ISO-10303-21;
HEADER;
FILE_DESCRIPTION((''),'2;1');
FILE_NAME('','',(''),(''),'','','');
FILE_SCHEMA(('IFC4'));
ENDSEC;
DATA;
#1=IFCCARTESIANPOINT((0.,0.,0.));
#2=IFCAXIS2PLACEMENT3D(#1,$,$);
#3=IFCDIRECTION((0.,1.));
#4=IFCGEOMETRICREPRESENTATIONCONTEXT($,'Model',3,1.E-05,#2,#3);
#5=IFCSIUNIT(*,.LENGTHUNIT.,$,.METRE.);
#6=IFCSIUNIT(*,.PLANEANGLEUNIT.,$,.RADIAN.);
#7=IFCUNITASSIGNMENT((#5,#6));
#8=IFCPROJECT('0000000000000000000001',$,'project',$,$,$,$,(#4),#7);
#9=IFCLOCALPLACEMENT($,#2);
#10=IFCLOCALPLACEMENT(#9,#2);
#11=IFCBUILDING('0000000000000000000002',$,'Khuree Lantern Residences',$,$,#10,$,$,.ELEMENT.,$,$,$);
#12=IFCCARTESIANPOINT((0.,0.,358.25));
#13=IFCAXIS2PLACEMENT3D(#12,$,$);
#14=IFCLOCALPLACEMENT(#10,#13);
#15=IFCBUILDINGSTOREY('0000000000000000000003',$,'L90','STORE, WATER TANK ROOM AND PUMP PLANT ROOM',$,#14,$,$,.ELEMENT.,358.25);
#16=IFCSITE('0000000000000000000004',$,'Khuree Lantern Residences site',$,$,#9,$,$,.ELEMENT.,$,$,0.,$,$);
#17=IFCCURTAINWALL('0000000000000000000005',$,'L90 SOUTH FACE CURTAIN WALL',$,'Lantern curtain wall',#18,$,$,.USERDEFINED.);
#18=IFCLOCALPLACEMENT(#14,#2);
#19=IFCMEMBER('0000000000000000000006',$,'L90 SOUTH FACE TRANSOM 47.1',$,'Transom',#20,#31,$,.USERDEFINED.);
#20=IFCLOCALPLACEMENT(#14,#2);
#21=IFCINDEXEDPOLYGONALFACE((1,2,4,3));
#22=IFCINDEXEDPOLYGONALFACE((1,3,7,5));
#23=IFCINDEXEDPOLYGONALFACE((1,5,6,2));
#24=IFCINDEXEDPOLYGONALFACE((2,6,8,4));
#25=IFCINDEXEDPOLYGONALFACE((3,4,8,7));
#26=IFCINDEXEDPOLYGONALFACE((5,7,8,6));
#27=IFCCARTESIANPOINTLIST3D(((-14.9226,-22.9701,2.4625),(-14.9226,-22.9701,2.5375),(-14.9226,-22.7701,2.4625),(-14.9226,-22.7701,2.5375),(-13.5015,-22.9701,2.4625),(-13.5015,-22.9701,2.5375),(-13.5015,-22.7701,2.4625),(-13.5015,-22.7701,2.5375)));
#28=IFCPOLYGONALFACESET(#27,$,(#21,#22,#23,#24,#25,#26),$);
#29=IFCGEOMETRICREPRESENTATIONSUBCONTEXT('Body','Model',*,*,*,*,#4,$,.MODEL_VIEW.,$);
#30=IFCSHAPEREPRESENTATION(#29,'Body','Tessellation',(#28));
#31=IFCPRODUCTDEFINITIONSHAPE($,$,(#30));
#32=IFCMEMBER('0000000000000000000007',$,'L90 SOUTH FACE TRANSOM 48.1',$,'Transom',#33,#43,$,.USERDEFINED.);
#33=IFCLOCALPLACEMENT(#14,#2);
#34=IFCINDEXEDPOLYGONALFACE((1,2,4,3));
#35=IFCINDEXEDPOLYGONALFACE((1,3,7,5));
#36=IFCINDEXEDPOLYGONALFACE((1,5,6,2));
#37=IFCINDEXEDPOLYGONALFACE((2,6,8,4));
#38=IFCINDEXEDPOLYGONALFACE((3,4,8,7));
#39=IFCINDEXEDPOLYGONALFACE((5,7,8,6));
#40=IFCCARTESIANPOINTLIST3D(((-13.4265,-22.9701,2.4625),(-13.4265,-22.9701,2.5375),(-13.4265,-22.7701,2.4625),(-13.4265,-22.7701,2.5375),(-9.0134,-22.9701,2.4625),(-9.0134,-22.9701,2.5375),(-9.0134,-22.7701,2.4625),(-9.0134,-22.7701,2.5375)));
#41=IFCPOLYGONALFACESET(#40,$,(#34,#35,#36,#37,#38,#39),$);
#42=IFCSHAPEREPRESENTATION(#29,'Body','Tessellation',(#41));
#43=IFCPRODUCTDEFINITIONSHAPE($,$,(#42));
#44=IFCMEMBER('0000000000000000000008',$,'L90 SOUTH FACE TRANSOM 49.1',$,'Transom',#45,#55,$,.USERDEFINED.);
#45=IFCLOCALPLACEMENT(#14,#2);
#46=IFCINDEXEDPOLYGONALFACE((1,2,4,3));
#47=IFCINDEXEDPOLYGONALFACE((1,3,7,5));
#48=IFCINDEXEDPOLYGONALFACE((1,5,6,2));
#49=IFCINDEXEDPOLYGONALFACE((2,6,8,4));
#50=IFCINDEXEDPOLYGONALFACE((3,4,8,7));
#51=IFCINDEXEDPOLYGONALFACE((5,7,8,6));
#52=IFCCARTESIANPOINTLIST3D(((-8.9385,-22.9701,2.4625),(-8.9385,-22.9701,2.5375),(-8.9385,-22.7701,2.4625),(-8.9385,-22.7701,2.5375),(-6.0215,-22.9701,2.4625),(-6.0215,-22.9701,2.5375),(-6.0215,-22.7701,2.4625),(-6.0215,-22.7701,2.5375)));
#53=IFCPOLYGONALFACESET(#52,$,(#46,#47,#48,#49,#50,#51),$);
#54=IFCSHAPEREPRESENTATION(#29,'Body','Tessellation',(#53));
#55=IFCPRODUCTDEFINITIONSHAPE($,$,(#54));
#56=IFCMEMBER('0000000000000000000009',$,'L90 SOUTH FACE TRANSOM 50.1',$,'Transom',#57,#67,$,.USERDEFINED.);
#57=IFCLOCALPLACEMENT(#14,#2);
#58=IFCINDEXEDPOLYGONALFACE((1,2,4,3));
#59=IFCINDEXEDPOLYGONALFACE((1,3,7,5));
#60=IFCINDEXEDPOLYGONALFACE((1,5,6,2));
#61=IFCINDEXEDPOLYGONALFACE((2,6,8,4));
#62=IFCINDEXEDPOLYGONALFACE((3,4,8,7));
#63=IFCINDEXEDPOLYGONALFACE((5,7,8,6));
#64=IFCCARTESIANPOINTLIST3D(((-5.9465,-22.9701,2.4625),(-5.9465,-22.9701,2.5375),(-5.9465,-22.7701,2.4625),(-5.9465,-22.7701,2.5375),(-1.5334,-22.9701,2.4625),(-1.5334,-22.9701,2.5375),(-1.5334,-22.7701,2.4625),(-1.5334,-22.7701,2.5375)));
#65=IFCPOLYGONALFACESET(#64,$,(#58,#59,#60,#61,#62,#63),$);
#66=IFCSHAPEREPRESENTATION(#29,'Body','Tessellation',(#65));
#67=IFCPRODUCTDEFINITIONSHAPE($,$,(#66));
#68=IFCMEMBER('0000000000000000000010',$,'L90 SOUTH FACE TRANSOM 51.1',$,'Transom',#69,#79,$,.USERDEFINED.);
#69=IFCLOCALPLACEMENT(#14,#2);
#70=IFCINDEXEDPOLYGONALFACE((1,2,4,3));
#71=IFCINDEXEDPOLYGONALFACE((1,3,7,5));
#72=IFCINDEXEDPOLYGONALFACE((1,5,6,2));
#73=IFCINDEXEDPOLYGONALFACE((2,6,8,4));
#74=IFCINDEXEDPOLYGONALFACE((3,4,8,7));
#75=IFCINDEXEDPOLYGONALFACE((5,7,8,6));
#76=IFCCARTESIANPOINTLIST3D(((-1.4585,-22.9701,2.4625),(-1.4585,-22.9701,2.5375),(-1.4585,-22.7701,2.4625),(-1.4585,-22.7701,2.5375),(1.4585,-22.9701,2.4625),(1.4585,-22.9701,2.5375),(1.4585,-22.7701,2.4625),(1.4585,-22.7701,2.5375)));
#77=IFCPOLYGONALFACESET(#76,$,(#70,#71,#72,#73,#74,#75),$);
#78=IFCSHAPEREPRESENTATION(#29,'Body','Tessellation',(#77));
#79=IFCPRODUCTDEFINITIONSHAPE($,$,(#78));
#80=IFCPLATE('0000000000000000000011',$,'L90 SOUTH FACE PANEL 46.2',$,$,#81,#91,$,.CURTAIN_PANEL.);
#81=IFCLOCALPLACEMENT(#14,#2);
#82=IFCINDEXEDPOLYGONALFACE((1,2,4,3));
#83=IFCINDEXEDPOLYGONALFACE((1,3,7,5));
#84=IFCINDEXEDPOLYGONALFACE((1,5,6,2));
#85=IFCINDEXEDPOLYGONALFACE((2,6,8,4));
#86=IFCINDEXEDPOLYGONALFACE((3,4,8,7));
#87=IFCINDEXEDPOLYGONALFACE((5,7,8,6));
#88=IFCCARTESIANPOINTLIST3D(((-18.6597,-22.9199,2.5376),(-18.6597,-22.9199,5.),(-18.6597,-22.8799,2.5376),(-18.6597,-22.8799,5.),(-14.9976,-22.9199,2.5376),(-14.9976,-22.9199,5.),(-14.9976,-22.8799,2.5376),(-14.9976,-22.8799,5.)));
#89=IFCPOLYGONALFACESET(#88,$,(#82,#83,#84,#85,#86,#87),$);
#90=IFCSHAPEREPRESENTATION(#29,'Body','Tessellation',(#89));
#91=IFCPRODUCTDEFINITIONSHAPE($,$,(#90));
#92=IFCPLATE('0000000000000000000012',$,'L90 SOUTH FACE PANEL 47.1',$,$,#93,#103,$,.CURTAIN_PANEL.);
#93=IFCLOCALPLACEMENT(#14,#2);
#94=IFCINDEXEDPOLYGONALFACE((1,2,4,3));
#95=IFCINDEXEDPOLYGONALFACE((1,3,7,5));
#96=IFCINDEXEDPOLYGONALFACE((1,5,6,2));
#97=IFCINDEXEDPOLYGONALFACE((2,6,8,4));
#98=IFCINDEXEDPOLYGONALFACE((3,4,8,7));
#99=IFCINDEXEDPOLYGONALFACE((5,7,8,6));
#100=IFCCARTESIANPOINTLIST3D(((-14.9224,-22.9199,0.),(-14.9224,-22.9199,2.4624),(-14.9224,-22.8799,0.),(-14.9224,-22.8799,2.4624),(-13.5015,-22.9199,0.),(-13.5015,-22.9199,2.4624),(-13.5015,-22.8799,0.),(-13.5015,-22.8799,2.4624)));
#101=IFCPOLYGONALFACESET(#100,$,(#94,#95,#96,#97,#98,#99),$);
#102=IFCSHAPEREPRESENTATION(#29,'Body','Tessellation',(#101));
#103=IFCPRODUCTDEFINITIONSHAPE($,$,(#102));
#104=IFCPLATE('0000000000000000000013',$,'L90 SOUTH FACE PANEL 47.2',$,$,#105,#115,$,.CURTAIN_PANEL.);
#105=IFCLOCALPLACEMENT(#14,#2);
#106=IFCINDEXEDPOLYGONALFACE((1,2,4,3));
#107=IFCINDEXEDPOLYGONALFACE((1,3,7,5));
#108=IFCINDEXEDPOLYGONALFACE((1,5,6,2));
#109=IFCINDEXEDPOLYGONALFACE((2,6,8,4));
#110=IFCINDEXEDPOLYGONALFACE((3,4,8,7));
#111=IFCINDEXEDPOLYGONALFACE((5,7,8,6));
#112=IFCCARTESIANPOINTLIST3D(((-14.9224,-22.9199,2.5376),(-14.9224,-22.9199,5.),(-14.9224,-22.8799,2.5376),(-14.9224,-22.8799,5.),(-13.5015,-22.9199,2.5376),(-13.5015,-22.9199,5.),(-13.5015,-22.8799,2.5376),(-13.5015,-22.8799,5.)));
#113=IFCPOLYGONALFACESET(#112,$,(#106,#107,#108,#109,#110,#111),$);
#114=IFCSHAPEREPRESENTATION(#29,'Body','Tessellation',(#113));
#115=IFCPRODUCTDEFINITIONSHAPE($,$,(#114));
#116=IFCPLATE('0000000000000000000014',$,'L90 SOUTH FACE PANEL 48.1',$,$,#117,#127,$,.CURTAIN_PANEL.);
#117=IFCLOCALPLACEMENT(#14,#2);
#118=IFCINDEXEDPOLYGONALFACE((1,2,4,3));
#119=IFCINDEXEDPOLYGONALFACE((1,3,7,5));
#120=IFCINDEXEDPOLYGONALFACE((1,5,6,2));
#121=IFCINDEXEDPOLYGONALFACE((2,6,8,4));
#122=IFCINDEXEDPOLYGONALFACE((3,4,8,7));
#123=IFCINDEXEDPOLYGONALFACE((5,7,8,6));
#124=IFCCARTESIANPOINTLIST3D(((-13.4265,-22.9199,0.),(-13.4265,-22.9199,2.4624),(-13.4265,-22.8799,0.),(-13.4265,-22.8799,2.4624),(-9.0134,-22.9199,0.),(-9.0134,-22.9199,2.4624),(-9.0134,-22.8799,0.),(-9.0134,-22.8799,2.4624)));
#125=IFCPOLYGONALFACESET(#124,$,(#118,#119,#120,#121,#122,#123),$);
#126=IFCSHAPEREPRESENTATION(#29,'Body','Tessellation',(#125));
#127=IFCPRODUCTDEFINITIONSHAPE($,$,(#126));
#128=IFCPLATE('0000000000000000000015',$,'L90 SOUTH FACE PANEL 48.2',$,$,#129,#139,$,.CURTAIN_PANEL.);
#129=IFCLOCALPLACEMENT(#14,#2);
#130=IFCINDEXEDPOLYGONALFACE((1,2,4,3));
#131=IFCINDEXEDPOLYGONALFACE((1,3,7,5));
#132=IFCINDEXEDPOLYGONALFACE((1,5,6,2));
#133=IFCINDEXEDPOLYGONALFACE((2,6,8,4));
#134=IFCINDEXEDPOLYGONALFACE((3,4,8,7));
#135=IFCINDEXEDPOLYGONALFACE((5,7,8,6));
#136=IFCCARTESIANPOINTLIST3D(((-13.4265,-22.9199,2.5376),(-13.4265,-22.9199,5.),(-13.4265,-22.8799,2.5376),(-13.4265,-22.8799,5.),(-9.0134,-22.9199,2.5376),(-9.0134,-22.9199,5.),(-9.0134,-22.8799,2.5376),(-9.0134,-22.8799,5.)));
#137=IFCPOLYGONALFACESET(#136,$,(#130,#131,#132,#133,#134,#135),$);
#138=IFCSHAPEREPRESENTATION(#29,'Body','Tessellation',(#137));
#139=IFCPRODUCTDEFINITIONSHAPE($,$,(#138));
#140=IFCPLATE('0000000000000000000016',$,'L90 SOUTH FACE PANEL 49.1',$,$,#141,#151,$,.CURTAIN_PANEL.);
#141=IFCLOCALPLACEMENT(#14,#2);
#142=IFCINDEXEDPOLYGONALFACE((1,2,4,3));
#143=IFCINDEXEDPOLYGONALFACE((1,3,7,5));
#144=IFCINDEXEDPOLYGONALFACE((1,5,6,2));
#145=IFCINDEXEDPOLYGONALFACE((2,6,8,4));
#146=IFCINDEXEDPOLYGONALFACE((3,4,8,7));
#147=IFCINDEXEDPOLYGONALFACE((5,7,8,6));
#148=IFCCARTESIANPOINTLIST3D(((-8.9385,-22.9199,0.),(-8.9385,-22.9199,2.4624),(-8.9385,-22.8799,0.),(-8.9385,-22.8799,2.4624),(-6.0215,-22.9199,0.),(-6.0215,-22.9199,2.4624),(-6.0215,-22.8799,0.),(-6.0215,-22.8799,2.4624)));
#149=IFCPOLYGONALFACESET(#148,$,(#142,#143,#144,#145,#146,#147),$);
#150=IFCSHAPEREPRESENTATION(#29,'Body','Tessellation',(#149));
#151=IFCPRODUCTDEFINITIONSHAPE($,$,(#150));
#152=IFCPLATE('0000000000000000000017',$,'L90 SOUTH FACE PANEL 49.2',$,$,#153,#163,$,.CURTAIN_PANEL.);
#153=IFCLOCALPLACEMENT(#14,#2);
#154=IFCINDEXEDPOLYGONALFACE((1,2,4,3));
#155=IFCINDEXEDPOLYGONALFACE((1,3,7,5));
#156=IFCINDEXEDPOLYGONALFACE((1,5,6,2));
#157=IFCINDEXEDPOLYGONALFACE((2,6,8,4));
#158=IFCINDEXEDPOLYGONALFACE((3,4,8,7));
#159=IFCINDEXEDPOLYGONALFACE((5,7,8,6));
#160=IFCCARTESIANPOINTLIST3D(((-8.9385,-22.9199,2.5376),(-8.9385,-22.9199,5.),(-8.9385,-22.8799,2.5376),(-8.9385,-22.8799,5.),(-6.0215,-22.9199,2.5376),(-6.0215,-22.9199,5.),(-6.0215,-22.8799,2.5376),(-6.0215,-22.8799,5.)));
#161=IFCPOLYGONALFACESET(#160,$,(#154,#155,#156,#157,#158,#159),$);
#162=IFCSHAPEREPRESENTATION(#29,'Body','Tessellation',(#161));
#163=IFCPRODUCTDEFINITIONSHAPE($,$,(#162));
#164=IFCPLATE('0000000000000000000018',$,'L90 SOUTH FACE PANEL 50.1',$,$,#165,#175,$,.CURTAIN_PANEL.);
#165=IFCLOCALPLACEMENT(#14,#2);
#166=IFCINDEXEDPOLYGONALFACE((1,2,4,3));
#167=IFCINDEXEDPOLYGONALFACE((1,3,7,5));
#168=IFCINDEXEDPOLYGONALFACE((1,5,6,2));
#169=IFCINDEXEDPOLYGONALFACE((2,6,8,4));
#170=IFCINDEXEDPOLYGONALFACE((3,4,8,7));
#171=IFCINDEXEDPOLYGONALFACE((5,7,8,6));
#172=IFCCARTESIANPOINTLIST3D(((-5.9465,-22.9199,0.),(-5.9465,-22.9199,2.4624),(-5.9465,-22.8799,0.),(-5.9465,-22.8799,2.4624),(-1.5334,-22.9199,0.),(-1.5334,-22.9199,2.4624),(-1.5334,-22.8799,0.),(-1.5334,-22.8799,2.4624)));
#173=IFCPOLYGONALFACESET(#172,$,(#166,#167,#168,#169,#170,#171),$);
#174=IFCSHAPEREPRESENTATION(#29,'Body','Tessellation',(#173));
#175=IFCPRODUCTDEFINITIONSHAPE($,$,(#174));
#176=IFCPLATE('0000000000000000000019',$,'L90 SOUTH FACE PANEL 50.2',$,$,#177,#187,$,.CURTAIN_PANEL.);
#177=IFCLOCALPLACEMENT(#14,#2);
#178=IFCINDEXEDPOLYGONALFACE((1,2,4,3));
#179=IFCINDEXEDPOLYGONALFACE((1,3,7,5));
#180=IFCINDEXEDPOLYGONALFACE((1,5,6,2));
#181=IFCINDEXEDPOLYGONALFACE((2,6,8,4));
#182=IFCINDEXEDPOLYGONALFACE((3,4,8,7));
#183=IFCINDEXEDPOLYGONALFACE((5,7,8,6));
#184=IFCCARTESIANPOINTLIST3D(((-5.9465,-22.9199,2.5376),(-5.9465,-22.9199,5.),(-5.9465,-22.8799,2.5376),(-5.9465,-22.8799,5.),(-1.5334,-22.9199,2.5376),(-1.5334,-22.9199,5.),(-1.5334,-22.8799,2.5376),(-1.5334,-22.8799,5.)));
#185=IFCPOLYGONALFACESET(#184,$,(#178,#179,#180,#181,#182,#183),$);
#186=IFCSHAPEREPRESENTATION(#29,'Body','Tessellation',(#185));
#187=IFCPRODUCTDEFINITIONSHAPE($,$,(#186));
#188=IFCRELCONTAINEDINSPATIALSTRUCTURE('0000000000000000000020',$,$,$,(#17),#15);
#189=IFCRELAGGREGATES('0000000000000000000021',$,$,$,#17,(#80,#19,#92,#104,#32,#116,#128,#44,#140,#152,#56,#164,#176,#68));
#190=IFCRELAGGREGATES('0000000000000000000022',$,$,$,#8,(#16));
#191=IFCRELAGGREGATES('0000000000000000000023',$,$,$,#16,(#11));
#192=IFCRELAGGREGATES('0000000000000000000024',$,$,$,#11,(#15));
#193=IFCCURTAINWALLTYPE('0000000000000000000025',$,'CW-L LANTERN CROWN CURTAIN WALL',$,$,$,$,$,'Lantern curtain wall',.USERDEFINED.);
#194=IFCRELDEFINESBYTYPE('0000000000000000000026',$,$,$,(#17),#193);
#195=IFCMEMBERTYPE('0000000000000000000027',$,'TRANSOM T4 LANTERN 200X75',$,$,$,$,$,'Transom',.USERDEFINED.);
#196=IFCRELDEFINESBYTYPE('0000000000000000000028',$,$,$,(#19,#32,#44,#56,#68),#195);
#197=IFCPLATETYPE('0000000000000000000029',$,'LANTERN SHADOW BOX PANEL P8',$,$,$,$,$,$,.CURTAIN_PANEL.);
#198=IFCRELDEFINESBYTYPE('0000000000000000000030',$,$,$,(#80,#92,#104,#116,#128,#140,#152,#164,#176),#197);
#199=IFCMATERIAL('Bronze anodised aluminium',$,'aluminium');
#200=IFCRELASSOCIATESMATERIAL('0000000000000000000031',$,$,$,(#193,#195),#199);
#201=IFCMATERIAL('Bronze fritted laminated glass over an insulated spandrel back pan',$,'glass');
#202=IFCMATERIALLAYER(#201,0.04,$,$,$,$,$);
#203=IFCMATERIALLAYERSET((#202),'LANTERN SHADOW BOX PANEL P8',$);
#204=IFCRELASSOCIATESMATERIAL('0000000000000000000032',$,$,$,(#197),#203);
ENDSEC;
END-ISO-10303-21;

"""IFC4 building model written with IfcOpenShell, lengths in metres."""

from ifc_helpers import new_model, si_unit, direction, frame, origin, origin_2d, place, context, subcontext, project, spatial, rectangle, extrude, material, layer, layer_set, material_profile, profile_set, type_object, element, aggregate, save


model = new_model("IFC4")

# Units and contexts
model_context = context("Model", 3, precision=1e-05, world=origin(), true_north=direction((0.0, 1.0)))
body_context = subcontext(model_context, "Body", "Model", "MODEL_VIEW")
ifc_project = project(units=[si_unit("LENGTHUNIT", "METRE"), si_unit("PLANEANGLEUNIT", "RADIAN")], contexts=[model_context])

# Site, building, storey
site_placement = place(None, origin())
site = spatial("IfcSite", under=ifc_project, at=site_placement, Name="Khuree Lantern Residences site", CompositionType="ELEMENT", RefElevation=0.0)
building_placement = place(site_placement, origin())
building = spatial("IfcBuilding", under=site, at=building_placement, Name="Khuree Lantern Residences", CompositionType="ELEMENT")
storey_placement = place(building_placement, frame((0.0, 0.0, 358.25)))
storey = spatial("IfcBuildingStorey", under=building, at=storey_placement, Name="L90", Description="STORE, WATER TANK ROOM AND PUMP PLANT ROOM", CompositionType="ELEMENT", Elevation=358.25)

# Curtain wall
ifc_material_1 = material(Name="Bronze anodised aluminium", Category="aluminium")
curtain_wall_type = type_object("IfcCurtainWallType", Name="CW-L LANTERN CROWN CURTAIN WALL", ElementType="Lantern curtain wall", PredefinedType="USERDEFINED", material=ifc_material_1)
curtain_wall_placement = place(storey_placement, origin())
curtain_wall = element("IfcCurtainWall", 1, at=curtain_wall_placement, inside=storey, type_object=curtain_wall_type, Name="L90 SOUTH FACE CURTAIN WALL", ObjectType="Lantern curtain wall", PredefinedType="USERDEFINED")

# Members
ifc_material_profile_1 = material_profile(ifc_material_1, rectangle(XDim=0.2, YDim=0.075, at=origin_2d()), Name="T4 200X75")
ifc_profile_set_1 = profile_set([ifc_material_profile_1], Name="Bronze anodised aluminium")
member_type_1 = type_object("IfcMemberType", Name="TRANSOM T4 LANTERN 200X75", ElementType="Transom", PredefinedType="USERDEFINED", material=ifc_profile_set_1)
member_1_placement = place(storey_placement, frame((-14.9226, -22.8701, 2.5), z_axis=(1.0, 0.0, 0.0), x_axis=(0.0, 1.0, 0.0)))
member_1 = element("IfcMember", 2, at=member_1_placement, type_object=member_type_1, Name="L90 SOUTH FACE TRANSOM 47.1", ObjectType="Transom", PredefinedType="USERDEFINED", context=body_context, shape_type="SweptSolid", body=[
    extrude(rectangle(XDim=0.2, YDim=0.075, at=origin_2d()), origin(), (0.0, 0.0, 1.0), 1.4211),
])
member_2_placement = place(storey_placement, frame((-13.4265, -22.8701, 2.5), z_axis=(1.0, 0.0, 0.0), x_axis=(0.0, 1.0, 0.0)))
member_2 = element("IfcMember", 3, at=member_2_placement, type_object=member_type_1, Name="L90 SOUTH FACE TRANSOM 48.1", ObjectType="Transom", PredefinedType="USERDEFINED", context=body_context, shape_type="SweptSolid", body=[
    extrude(rectangle(XDim=0.2, YDim=0.075, at=origin_2d()), origin(), (0.0, 0.0, 1.0), 4.4131),
])
member_3_placement = place(storey_placement, frame((-8.9385, -22.8701, 2.5), z_axis=(1.0, 0.0, 0.0), x_axis=(0.0, 1.0, 0.0)))
member_3 = element("IfcMember", 4, at=member_3_placement, type_object=member_type_1, Name="L90 SOUTH FACE TRANSOM 49.1", ObjectType="Transom", PredefinedType="USERDEFINED", context=body_context, shape_type="SweptSolid", body=[
    extrude(rectangle(XDim=0.2, YDim=0.075, at=origin_2d()), origin(), (0.0, 0.0, 1.0), 2.917),
])
member_4_placement = place(storey_placement, frame((-5.9465, -22.8701, 2.5), z_axis=(1.0, 0.0, 0.0), x_axis=(0.0, 1.0, 0.0)))
member_4 = element("IfcMember", 5, at=member_4_placement, type_object=member_type_1, Name="L90 SOUTH FACE TRANSOM 50.1", ObjectType="Transom", PredefinedType="USERDEFINED", context=body_context, shape_type="SweptSolid", body=[
    extrude(rectangle(XDim=0.2, YDim=0.075, at=origin_2d()), origin(), (0.0, 0.0, 1.0), 4.4131),
])
member_5_placement = place(storey_placement, frame((-1.4585, -22.8701, 2.5), z_axis=(1.0, 0.0, 0.0), x_axis=(0.0, 1.0, 0.0)))
member_5 = element("IfcMember", 6, at=member_5_placement, type_object=member_type_1, Name="L90 SOUTH FACE TRANSOM 51.1", ObjectType="Transom", PredefinedType="USERDEFINED", context=body_context, shape_type="SweptSolid", body=[
    extrude(rectangle(XDim=0.2, YDim=0.075, at=origin_2d()), origin(), (0.0, 0.0, 1.0), 2.917),
])

# Plates
ifc_material_2 = material(Name="Bronze fritted laminated glass over an insulated spandrel back pan", Category="glass")
ifc_layer = layer(ifc_material_2, 0.04)
ifc_layer_set = layer_set([ifc_layer], Name="LANTERN SHADOW BOX PANEL P8")
plate_type = type_object("IfcPlateType", Name="LANTERN SHADOW BOX PANEL P8", PredefinedType="CURTAIN_PANEL", material=ifc_layer_set)
plate_1_placement = place(storey_placement, frame((-16.8286, -22.8999, 2.5376), z_axis=(0.0, 0.0, 1.0), x_axis=(1.0, 0.0, 0.0)))
plate_1 = element("IfcPlate", 7, at=plate_1_placement, type_object=plate_type, Name="L90 SOUTH FACE PANEL 46.2", PredefinedType="CURTAIN_PANEL", context=body_context, shape_type="SweptSolid", body=[
    extrude(rectangle(XDim=3.6621, YDim=0.04, at=origin_2d()), origin(), (0.0, 0.0, 1.0), 2.4624),
])
plate_2_placement = place(storey_placement, frame((-14.2119, -22.8999, 0.0), z_axis=(0.0, 0.0, 1.0), x_axis=(1.0, 0.0, 0.0)))
plate_2 = element("IfcPlate", 8, at=plate_2_placement, type_object=plate_type, Name="L90 SOUTH FACE PANEL 47.1", PredefinedType="CURTAIN_PANEL", context=body_context, shape_type="SweptSolid", body=[
    extrude(rectangle(XDim=1.4209, YDim=0.04, at=origin_2d()), origin(), (0.0, 0.0, 1.0), 2.4624),
])
plate_3_placement = place(storey_placement, frame((-14.2119, -22.8999, 2.5376), z_axis=(0.0, 0.0, 1.0), x_axis=(1.0, 0.0, 0.0)))
plate_3 = element("IfcPlate", 9, at=plate_3_placement, type_object=plate_type, Name="L90 SOUTH FACE PANEL 47.2", PredefinedType="CURTAIN_PANEL", context=body_context, shape_type="SweptSolid", body=[
    extrude(rectangle(XDim=1.4209, YDim=0.04, at=origin_2d()), origin(), (0.0, 0.0, 1.0), 2.4624),
])
plate_4_placement = place(storey_placement, frame((-11.22, -22.8999, 0.0), z_axis=(0.0, 0.0, 1.0), x_axis=(1.0, 0.0, 0.0)))
plate_4 = element("IfcPlate", 10, at=plate_4_placement, type_object=plate_type, Name="L90 SOUTH FACE PANEL 48.1", PredefinedType="CURTAIN_PANEL", context=body_context, shape_type="SweptSolid", body=[
    extrude(rectangle(XDim=4.4131, YDim=0.04, at=origin_2d()), origin(), (0.0, 0.0, 1.0), 2.4624),
])
plate_5_placement = place(storey_placement, frame((-11.22, -22.8999, 2.5376), z_axis=(0.0, 0.0, 1.0), x_axis=(1.0, 0.0, 0.0)))
plate_5 = element("IfcPlate", 11, at=plate_5_placement, type_object=plate_type, Name="L90 SOUTH FACE PANEL 48.2", PredefinedType="CURTAIN_PANEL", context=body_context, shape_type="SweptSolid", body=[
    extrude(rectangle(XDim=4.4131, YDim=0.04, at=origin_2d()), origin(), (0.0, 0.0, 1.0), 2.4624),
])
plate_6_placement = place(storey_placement, frame((-7.48, -22.8999, 0.0), z_axis=(0.0, 0.0, 1.0), x_axis=(1.0, 0.0, 0.0)))
plate_6 = element("IfcPlate", 12, at=plate_6_placement, type_object=plate_type, Name="L90 SOUTH FACE PANEL 49.1", PredefinedType="CURTAIN_PANEL", context=body_context, shape_type="SweptSolid", body=[
    extrude(rectangle(XDim=2.917, YDim=0.04, at=origin_2d()), origin(), (0.0, 0.0, 1.0), 2.4624),
])
plate_7_placement = place(storey_placement, frame((-7.48, -22.8999, 2.5376), z_axis=(0.0, 0.0, 1.0), x_axis=(1.0, 0.0, 0.0)))
plate_7 = element("IfcPlate", 13, at=plate_7_placement, type_object=plate_type, Name="L90 SOUTH FACE PANEL 49.2", PredefinedType="CURTAIN_PANEL", context=body_context, shape_type="SweptSolid", body=[
    extrude(rectangle(XDim=2.917, YDim=0.04, at=origin_2d()), origin(), (0.0, 0.0, 1.0), 2.4624),
])
plate_8_placement = place(storey_placement, frame((-3.74, -22.8999, 0.0), z_axis=(0.0, 0.0, 1.0), x_axis=(1.0, 0.0, 0.0)))
plate_8 = element("IfcPlate", 14, at=plate_8_placement, type_object=plate_type, Name="L90 SOUTH FACE PANEL 50.1", PredefinedType="CURTAIN_PANEL", context=body_context, shape_type="SweptSolid", body=[
    extrude(rectangle(XDim=4.4131, YDim=0.04, at=origin_2d()), origin(), (0.0, 0.0, 1.0), 2.4624),
])
plate_9_placement = place(storey_placement, frame((-3.74, -22.8999, 2.5376), z_axis=(0.0, 0.0, 1.0), x_axis=(1.0, 0.0, 0.0)))
plate_9 = element("IfcPlate", 15, at=plate_9_placement, type_object=plate_type, Name="L90 SOUTH FACE PANEL 50.2", PredefinedType="CURTAIN_PANEL", context=body_context, shape_type="SweptSolid", body=[
    extrude(rectangle(XDim=4.4131, YDim=0.04, at=origin_2d()), origin(), (0.0, 0.0, 1.0), 2.4624),
])
aggregate(curtain_wall, [plate_1, member_1, plate_2, plate_3, member_2, plate_4, plate_5, member_3, plate_6, plate_7, member_4, plate_8, plate_9, member_5])

save(model, "model.ifc")
